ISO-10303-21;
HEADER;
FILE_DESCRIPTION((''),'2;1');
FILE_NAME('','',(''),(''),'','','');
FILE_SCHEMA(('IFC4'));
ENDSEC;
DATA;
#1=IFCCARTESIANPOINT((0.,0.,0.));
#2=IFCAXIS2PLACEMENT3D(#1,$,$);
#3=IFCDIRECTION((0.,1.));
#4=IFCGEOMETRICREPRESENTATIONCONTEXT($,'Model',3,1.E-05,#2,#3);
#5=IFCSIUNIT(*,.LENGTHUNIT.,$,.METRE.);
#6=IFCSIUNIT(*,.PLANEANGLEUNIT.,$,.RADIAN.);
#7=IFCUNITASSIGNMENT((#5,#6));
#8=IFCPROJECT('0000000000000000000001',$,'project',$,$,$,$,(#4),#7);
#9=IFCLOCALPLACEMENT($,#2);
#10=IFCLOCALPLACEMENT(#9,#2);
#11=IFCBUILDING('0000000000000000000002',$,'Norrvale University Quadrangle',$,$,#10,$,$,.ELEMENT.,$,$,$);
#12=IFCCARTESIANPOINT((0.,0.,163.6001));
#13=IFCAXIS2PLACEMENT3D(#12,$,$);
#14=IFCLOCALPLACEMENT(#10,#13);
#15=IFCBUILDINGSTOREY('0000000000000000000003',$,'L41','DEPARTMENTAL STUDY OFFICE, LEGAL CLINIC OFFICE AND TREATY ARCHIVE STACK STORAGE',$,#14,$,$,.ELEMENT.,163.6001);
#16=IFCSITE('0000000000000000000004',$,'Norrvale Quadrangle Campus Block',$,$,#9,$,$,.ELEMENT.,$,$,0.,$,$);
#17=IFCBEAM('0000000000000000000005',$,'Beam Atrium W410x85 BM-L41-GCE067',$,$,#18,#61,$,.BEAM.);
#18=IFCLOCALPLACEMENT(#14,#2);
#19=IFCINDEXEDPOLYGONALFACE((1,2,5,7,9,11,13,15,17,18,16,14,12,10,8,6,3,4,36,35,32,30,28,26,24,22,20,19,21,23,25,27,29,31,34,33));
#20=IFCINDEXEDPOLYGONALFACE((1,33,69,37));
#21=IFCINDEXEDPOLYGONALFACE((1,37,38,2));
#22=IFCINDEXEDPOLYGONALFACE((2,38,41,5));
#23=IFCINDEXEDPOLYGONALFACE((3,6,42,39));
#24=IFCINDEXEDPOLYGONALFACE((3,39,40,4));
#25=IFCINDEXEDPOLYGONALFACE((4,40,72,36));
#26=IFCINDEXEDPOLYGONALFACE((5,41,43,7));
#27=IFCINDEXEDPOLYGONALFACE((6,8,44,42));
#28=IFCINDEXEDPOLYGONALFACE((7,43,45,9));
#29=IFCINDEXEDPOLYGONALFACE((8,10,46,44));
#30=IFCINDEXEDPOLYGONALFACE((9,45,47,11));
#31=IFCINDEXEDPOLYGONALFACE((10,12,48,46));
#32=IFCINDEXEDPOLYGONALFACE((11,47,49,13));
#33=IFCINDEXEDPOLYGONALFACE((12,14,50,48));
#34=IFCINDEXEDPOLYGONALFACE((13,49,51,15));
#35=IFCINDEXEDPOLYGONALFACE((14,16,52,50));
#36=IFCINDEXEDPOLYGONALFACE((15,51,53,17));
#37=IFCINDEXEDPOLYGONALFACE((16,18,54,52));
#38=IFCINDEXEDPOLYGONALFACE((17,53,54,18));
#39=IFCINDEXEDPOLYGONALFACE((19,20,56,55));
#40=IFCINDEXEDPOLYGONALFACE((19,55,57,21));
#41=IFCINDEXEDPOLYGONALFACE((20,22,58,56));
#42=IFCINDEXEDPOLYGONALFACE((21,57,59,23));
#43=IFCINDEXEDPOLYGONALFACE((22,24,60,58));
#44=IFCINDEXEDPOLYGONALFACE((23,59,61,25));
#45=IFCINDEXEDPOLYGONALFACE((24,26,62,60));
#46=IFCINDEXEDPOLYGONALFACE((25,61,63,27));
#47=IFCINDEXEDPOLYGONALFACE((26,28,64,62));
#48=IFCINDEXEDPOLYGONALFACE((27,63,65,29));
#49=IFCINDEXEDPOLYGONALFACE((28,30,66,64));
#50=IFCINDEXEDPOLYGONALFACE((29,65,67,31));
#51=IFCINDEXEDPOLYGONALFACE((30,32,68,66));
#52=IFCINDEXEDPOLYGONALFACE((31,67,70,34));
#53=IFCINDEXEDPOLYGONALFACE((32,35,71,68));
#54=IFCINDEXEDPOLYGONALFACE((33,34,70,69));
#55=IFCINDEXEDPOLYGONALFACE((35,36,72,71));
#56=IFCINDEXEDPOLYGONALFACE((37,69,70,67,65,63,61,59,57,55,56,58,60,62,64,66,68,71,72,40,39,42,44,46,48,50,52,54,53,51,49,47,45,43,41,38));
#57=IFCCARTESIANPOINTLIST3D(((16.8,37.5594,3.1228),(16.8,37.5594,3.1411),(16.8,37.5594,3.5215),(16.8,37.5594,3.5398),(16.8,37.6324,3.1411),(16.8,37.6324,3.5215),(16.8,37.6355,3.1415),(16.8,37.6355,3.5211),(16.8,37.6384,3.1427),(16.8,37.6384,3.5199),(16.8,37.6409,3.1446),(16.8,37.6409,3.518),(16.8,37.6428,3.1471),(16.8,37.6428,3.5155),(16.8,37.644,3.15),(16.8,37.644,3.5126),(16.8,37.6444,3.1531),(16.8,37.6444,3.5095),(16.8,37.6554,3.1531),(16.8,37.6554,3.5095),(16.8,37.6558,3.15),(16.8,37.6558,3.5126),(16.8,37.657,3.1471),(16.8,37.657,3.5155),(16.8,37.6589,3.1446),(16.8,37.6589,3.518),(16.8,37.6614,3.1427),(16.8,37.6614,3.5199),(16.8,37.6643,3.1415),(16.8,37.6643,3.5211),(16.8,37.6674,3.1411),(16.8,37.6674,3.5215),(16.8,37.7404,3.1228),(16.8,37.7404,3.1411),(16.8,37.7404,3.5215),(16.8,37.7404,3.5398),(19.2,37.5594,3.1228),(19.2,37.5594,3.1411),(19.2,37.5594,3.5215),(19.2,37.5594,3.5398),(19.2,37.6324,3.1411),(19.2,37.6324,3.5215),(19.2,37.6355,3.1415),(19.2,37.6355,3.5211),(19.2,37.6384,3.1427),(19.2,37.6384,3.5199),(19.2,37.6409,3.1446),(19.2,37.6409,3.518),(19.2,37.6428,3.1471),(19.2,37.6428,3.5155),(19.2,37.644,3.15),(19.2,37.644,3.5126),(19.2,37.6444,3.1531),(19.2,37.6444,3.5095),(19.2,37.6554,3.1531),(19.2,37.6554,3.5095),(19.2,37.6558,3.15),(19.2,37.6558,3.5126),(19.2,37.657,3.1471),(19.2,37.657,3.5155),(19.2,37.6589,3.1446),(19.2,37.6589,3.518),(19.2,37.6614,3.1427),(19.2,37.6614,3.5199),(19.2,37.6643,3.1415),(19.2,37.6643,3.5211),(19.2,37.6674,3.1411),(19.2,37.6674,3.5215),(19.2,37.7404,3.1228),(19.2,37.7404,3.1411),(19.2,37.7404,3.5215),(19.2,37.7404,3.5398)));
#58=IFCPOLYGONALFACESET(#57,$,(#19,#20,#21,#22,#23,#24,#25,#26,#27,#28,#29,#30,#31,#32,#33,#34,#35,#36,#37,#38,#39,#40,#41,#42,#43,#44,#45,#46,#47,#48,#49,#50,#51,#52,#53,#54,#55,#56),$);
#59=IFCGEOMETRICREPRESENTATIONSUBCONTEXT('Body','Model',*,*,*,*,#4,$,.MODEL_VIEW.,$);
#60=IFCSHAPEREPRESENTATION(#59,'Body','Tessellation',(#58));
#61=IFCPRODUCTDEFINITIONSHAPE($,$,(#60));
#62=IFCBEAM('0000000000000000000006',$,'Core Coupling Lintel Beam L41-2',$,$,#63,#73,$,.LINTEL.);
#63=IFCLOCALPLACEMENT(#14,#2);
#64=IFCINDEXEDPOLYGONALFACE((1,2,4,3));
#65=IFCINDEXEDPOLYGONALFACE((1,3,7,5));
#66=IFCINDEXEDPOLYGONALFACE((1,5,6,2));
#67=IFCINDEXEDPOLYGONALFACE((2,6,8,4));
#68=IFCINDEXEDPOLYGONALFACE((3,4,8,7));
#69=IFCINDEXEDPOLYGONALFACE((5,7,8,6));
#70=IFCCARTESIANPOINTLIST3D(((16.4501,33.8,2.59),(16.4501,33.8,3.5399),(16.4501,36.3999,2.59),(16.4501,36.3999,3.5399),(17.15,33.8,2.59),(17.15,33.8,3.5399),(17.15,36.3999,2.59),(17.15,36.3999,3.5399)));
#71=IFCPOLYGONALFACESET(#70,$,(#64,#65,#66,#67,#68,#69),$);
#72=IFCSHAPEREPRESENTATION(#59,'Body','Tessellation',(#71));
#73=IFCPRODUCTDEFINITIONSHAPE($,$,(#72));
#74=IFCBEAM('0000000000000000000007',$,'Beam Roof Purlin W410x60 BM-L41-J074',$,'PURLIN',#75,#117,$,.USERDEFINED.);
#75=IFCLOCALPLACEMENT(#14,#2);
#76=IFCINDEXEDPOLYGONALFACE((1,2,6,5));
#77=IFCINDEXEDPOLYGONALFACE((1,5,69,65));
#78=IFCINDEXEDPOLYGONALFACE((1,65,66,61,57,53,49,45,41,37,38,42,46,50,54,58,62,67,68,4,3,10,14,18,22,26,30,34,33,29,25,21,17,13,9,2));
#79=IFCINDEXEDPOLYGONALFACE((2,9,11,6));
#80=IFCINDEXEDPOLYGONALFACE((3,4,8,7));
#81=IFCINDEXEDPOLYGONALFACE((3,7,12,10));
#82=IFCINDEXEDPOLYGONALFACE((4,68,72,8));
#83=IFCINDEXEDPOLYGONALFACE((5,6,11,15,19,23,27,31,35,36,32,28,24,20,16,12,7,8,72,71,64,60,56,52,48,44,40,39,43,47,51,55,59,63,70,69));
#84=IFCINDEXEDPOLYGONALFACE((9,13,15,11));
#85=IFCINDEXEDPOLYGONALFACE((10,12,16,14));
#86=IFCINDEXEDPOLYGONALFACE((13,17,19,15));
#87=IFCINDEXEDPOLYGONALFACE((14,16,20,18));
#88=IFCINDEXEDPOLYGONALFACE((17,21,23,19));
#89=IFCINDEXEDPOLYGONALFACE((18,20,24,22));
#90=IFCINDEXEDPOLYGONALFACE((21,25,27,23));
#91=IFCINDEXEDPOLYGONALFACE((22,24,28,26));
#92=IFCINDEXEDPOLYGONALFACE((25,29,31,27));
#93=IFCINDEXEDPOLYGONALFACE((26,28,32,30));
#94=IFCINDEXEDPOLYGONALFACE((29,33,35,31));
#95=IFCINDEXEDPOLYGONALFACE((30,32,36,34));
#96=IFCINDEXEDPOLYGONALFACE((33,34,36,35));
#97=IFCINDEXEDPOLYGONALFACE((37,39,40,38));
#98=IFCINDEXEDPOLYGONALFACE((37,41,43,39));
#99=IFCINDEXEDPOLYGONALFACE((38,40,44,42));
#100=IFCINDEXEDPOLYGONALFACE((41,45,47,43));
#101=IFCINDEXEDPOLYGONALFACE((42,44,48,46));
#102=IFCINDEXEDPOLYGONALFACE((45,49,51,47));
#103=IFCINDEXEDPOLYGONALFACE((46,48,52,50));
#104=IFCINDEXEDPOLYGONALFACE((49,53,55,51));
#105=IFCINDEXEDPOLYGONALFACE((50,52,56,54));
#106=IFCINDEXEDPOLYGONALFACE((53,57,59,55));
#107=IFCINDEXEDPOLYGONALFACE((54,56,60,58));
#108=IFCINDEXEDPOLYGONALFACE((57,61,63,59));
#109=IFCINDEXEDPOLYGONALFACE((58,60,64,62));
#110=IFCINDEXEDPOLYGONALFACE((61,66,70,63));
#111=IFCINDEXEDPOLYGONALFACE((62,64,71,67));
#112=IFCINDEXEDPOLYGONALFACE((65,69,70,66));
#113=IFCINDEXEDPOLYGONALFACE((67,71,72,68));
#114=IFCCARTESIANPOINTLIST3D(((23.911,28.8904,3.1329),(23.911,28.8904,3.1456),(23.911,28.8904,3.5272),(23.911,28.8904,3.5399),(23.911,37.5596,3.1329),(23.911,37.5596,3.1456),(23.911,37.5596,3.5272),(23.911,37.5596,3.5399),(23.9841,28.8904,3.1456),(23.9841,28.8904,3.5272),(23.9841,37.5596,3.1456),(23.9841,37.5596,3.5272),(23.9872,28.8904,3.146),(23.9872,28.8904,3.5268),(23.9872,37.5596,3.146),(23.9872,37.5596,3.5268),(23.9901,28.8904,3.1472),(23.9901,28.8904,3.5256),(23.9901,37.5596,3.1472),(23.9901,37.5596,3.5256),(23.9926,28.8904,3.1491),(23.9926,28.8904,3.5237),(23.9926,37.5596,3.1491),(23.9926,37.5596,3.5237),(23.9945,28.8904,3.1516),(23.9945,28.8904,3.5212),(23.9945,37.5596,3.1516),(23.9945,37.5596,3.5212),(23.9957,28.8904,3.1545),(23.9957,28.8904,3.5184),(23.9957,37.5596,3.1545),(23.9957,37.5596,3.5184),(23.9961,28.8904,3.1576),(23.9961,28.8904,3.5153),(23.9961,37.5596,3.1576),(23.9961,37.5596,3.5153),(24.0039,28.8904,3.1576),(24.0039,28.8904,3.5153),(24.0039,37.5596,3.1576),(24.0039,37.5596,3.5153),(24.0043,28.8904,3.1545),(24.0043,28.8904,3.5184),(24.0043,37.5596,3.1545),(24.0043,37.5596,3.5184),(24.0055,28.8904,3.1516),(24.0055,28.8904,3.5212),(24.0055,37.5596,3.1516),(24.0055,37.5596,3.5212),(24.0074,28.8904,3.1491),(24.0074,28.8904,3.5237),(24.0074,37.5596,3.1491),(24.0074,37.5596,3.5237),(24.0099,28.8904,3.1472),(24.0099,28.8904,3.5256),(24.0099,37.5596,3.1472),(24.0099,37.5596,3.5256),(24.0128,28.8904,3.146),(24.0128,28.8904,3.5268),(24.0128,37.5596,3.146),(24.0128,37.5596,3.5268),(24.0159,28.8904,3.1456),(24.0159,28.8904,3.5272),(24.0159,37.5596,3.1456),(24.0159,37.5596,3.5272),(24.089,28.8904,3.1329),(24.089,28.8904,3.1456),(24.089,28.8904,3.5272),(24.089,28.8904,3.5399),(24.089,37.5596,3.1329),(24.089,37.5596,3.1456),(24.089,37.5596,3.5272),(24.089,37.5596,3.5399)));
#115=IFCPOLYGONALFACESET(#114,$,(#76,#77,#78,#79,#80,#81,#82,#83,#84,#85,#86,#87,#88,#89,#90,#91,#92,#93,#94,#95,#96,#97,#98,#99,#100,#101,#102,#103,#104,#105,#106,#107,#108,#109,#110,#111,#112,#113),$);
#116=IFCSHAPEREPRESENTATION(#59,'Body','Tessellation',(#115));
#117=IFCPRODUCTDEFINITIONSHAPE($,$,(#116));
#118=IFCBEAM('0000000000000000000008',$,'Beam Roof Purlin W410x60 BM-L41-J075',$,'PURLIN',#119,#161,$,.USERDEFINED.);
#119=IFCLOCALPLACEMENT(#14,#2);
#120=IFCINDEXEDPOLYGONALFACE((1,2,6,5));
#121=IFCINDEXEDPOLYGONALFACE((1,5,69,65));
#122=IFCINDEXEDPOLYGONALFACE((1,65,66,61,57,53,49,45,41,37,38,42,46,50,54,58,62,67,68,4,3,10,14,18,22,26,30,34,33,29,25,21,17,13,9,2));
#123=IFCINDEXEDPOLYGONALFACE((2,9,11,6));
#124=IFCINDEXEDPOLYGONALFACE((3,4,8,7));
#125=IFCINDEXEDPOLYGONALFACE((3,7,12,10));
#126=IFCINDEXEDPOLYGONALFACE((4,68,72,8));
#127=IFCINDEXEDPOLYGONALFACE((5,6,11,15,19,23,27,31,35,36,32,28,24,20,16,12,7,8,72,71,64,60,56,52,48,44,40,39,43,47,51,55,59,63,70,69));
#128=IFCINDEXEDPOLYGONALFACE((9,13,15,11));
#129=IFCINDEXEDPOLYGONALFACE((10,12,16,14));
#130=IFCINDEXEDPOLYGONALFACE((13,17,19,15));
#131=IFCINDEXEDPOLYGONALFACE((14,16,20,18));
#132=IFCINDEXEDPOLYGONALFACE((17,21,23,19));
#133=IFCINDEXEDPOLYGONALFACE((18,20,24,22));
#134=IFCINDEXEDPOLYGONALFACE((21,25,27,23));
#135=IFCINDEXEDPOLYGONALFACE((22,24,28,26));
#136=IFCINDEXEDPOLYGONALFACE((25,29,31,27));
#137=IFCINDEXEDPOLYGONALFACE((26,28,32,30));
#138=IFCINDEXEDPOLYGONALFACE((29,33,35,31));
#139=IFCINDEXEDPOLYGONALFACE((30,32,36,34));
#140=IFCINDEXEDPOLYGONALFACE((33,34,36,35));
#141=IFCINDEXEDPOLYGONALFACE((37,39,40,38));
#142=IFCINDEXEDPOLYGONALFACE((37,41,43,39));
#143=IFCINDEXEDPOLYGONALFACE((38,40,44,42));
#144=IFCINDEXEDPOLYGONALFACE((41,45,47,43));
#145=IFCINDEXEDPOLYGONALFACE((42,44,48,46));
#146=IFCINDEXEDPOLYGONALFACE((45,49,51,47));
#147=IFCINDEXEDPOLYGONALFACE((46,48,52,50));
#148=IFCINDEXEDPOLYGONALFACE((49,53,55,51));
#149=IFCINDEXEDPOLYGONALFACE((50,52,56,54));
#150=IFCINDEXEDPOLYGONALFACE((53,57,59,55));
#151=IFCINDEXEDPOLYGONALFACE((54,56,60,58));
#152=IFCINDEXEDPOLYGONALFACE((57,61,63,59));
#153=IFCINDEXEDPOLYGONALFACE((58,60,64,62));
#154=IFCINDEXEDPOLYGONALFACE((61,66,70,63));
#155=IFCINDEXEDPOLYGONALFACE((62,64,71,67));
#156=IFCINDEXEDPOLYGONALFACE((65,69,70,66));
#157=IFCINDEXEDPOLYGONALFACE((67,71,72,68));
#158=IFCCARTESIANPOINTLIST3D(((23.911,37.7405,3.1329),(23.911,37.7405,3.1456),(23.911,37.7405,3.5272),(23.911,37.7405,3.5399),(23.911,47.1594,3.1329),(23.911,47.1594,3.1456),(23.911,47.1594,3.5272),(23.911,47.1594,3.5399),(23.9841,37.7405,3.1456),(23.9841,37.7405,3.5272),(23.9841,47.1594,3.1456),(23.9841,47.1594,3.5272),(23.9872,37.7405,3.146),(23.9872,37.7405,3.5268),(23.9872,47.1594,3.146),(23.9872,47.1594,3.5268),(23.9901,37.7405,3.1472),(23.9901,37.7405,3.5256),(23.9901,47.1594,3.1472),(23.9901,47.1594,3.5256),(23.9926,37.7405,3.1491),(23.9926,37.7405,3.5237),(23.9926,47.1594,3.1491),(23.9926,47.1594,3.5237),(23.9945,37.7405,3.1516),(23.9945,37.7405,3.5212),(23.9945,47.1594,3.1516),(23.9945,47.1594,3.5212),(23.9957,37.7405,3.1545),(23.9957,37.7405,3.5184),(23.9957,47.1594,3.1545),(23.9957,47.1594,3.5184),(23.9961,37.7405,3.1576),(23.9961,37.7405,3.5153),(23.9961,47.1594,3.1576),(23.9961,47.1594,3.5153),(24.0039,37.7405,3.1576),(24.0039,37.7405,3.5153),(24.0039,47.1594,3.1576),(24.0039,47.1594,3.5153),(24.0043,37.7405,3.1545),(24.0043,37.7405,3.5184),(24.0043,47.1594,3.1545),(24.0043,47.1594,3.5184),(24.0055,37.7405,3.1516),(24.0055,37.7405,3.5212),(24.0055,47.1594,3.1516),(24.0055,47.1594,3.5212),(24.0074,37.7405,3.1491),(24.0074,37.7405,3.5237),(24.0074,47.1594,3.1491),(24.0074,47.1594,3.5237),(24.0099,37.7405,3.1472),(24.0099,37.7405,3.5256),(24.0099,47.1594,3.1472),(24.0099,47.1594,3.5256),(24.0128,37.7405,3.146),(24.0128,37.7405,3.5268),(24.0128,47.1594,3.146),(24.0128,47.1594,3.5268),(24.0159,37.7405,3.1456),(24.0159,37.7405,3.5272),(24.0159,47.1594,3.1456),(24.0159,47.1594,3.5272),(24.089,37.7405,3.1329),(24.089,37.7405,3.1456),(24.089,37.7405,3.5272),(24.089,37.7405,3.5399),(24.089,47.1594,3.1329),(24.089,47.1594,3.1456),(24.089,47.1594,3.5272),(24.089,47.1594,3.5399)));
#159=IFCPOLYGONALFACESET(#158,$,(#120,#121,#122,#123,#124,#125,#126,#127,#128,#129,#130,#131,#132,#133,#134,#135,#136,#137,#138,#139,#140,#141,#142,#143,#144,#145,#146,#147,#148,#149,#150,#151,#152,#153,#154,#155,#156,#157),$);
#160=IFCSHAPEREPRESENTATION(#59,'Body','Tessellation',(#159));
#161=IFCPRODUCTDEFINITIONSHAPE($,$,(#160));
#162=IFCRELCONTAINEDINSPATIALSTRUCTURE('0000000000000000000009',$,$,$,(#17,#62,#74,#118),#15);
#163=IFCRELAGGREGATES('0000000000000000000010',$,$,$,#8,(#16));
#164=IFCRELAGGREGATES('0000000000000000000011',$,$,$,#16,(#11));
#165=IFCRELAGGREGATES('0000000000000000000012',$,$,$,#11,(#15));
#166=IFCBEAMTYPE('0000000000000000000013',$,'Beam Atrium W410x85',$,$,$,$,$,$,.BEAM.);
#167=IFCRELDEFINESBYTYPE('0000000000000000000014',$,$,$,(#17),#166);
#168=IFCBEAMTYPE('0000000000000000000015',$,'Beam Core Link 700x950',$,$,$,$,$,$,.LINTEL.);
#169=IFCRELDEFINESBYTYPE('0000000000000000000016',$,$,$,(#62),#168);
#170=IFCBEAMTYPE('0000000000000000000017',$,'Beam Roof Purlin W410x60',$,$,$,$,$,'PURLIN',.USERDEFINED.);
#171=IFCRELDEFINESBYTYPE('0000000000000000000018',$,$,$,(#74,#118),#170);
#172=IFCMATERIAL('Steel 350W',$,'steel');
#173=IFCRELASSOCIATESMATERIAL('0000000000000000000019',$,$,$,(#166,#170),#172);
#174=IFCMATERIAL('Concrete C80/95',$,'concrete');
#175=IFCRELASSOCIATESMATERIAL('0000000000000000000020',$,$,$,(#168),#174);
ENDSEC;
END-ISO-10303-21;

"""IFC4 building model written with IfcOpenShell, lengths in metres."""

from ifc_helpers import new_model, si_unit, direction, frame, origin, origin_2d, place, context, subcontext, project, spatial, rectangle, i_section, extrude, material, material_profile, profile_set, type_object, element, save


model = new_model("IFC4")

# Units and contexts
model_context = context("Model", 3, precision=1e-05, world=origin(), true_north=direction((0.0, 1.0)))
body_context = subcontext(model_context, "Body", "Model", "MODEL_VIEW")
ifc_project = project(units=[si_unit("LENGTHUNIT", "METRE"), si_unit("PLANEANGLEUNIT", "RADIAN")], contexts=[model_context])

# Site, building, storey
site_placement = place(None, origin())
site = spatial("IfcSite", under=ifc_project, at=site_placement, Name="Norrvale Quadrangle Campus Block", CompositionType="ELEMENT", RefElevation=0.0)
building_placement = place(site_placement, origin())
building = spatial("IfcBuilding", under=site, at=building_placement, Name="Norrvale University Quadrangle", CompositionType="ELEMENT")
storey_placement = place(building_placement, frame((0.0, 0.0, 163.6001)))
storey = spatial("IfcBuildingStorey", under=building, at=storey_placement, Name="L41", Description="DEPARTMENTAL STUDY OFFICE, LEGAL CLINIC OFFICE AND TREATY ARCHIVE STACK STORAGE", CompositionType="ELEMENT", Elevation=163.6001)

# Beams
ifc_material_1 = material(Name="Steel 350W", Category="steel")
ifc_material_profile_1 = material_profile(ifc_material_1, i_section(OverallWidth=0.1809, OverallDepth=0.417, WebThickness=0.011, FlangeThickness=0.0183, FilletRadius=0.012, at=origin_2d()), Name="Steel 350W")
ifc_profile_set_1 = profile_set([ifc_material_profile_1], Name="Steel 350W")
beam_type_1 = type_object("IfcBeamType", Name="Beam Atrium W410x85", PredefinedType="BEAM", material=ifc_profile_set_1)
beam_1_placement = place(storey_placement, frame((16.8, 37.6499, 3.3313), z_axis=(1.0, 0.0, 0.0), x_axis=(0.0, 1.0, 0.0)))
element("IfcBeam", 1, at=beam_1_placement, inside=storey, type_object=beam_type_1, Name="Beam Atrium W410x85 BM-L41-GCE067", PredefinedType="BEAM", context=body_context, shape_type="SweptSolid", body=[
    extrude(i_section(OverallWidth=0.1809, OverallDepth=0.417, WebThickness=0.011, FlangeThickness=0.0183, FilletRadius=0.012, at=origin_2d()), origin(), (0.0, 0.0, 1.0), 2.3999),
])
ifc_material_2 = material(Name="Concrete C80/95", Category="concrete")
ifc_material_profile_2 = material_profile(ifc_material_2, rectangle(XDim=0.7, YDim=0.95, at=origin_2d()), Name="Concrete C80/95")
ifc_profile_set_2 = profile_set([ifc_material_profile_2], Name="Concrete C80/95")
beam_type_2 = type_object("IfcBeamType", Name="Beam Core Link 700x950", PredefinedType="LINTEL", material=ifc_profile_set_2)
beam_2_placement = place(storey_placement, frame((16.8, 33.8, 3.0649), z_axis=(0.0, 1.0, 0.0), x_axis=(-1.0, 0.0, 0.0)))
element("IfcBeam", 2, at=beam_2_placement, inside=storey, type_object=beam_type_2, Name="Core Coupling Lintel Beam L41-2", PredefinedType="LINTEL", context=body_context, shape_type="SweptSolid", body=[
    extrude(rectangle(XDim=0.7, YDim=0.95, at=origin_2d()), origin(), (0.0, 0.0, 1.0), 2.5999),
])
ifc_material_profile_3 = material_profile(ifc_material_1, i_section(OverallWidth=0.178, OverallDepth=0.407, WebThickness=0.0078, FlangeThickness=0.0127, FilletRadius=0.012, at=origin_2d()), Name="Steel 350W")
ifc_profile_set_3 = profile_set([ifc_material_profile_3], Name="Steel 350W")
beam_type_3 = type_object("IfcBeamType", Name="Beam Roof Purlin W410x60", ElementType="PURLIN", PredefinedType="USERDEFINED", material=ifc_profile_set_3)
beam_3_placement = place(storey_placement, frame((24.0, 28.8904, 3.3364), z_axis=(0.0, 1.0, 0.0), x_axis=(-1.0, 0.0, 0.0)))
element("IfcBeam", 3, at=beam_3_placement, inside=storey, type_object=beam_type_3, Name="Beam Roof Purlin W410x60 BM-L41-J074", ObjectType="PURLIN", PredefinedType="USERDEFINED", context=body_context, shape_type="SweptSolid", body=[
    extrude(i_section(OverallWidth=0.178, OverallDepth=0.407, WebThickness=0.0078, FlangeThickness=0.0127, FilletRadius=0.012, at=origin_2d()), origin(), (0.0, 0.0, 1.0), 8.6692),
])
beam_4_placement = place(storey_placement, frame((24.0, 37.7405, 3.3364), z_axis=(0.0, 1.0, 0.0), x_axis=(-1.0, 0.0, 0.0)))
element("IfcBeam", 4, at=beam_4_placement, inside=storey, type_object=beam_type_3, Name="Beam Roof Purlin W410x60 BM-L41-J075", ObjectType="PURLIN", PredefinedType="USERDEFINED", context=body_context, shape_type="SweptSolid", body=[
    extrude(i_section(OverallWidth=0.178, OverallDepth=0.407, WebThickness=0.0078, FlangeThickness=0.0127, FilletRadius=0.012, at=origin_2d()), origin(), (0.0, 0.0, 1.0), 9.4189),
])

save(model, "model.ifc")
